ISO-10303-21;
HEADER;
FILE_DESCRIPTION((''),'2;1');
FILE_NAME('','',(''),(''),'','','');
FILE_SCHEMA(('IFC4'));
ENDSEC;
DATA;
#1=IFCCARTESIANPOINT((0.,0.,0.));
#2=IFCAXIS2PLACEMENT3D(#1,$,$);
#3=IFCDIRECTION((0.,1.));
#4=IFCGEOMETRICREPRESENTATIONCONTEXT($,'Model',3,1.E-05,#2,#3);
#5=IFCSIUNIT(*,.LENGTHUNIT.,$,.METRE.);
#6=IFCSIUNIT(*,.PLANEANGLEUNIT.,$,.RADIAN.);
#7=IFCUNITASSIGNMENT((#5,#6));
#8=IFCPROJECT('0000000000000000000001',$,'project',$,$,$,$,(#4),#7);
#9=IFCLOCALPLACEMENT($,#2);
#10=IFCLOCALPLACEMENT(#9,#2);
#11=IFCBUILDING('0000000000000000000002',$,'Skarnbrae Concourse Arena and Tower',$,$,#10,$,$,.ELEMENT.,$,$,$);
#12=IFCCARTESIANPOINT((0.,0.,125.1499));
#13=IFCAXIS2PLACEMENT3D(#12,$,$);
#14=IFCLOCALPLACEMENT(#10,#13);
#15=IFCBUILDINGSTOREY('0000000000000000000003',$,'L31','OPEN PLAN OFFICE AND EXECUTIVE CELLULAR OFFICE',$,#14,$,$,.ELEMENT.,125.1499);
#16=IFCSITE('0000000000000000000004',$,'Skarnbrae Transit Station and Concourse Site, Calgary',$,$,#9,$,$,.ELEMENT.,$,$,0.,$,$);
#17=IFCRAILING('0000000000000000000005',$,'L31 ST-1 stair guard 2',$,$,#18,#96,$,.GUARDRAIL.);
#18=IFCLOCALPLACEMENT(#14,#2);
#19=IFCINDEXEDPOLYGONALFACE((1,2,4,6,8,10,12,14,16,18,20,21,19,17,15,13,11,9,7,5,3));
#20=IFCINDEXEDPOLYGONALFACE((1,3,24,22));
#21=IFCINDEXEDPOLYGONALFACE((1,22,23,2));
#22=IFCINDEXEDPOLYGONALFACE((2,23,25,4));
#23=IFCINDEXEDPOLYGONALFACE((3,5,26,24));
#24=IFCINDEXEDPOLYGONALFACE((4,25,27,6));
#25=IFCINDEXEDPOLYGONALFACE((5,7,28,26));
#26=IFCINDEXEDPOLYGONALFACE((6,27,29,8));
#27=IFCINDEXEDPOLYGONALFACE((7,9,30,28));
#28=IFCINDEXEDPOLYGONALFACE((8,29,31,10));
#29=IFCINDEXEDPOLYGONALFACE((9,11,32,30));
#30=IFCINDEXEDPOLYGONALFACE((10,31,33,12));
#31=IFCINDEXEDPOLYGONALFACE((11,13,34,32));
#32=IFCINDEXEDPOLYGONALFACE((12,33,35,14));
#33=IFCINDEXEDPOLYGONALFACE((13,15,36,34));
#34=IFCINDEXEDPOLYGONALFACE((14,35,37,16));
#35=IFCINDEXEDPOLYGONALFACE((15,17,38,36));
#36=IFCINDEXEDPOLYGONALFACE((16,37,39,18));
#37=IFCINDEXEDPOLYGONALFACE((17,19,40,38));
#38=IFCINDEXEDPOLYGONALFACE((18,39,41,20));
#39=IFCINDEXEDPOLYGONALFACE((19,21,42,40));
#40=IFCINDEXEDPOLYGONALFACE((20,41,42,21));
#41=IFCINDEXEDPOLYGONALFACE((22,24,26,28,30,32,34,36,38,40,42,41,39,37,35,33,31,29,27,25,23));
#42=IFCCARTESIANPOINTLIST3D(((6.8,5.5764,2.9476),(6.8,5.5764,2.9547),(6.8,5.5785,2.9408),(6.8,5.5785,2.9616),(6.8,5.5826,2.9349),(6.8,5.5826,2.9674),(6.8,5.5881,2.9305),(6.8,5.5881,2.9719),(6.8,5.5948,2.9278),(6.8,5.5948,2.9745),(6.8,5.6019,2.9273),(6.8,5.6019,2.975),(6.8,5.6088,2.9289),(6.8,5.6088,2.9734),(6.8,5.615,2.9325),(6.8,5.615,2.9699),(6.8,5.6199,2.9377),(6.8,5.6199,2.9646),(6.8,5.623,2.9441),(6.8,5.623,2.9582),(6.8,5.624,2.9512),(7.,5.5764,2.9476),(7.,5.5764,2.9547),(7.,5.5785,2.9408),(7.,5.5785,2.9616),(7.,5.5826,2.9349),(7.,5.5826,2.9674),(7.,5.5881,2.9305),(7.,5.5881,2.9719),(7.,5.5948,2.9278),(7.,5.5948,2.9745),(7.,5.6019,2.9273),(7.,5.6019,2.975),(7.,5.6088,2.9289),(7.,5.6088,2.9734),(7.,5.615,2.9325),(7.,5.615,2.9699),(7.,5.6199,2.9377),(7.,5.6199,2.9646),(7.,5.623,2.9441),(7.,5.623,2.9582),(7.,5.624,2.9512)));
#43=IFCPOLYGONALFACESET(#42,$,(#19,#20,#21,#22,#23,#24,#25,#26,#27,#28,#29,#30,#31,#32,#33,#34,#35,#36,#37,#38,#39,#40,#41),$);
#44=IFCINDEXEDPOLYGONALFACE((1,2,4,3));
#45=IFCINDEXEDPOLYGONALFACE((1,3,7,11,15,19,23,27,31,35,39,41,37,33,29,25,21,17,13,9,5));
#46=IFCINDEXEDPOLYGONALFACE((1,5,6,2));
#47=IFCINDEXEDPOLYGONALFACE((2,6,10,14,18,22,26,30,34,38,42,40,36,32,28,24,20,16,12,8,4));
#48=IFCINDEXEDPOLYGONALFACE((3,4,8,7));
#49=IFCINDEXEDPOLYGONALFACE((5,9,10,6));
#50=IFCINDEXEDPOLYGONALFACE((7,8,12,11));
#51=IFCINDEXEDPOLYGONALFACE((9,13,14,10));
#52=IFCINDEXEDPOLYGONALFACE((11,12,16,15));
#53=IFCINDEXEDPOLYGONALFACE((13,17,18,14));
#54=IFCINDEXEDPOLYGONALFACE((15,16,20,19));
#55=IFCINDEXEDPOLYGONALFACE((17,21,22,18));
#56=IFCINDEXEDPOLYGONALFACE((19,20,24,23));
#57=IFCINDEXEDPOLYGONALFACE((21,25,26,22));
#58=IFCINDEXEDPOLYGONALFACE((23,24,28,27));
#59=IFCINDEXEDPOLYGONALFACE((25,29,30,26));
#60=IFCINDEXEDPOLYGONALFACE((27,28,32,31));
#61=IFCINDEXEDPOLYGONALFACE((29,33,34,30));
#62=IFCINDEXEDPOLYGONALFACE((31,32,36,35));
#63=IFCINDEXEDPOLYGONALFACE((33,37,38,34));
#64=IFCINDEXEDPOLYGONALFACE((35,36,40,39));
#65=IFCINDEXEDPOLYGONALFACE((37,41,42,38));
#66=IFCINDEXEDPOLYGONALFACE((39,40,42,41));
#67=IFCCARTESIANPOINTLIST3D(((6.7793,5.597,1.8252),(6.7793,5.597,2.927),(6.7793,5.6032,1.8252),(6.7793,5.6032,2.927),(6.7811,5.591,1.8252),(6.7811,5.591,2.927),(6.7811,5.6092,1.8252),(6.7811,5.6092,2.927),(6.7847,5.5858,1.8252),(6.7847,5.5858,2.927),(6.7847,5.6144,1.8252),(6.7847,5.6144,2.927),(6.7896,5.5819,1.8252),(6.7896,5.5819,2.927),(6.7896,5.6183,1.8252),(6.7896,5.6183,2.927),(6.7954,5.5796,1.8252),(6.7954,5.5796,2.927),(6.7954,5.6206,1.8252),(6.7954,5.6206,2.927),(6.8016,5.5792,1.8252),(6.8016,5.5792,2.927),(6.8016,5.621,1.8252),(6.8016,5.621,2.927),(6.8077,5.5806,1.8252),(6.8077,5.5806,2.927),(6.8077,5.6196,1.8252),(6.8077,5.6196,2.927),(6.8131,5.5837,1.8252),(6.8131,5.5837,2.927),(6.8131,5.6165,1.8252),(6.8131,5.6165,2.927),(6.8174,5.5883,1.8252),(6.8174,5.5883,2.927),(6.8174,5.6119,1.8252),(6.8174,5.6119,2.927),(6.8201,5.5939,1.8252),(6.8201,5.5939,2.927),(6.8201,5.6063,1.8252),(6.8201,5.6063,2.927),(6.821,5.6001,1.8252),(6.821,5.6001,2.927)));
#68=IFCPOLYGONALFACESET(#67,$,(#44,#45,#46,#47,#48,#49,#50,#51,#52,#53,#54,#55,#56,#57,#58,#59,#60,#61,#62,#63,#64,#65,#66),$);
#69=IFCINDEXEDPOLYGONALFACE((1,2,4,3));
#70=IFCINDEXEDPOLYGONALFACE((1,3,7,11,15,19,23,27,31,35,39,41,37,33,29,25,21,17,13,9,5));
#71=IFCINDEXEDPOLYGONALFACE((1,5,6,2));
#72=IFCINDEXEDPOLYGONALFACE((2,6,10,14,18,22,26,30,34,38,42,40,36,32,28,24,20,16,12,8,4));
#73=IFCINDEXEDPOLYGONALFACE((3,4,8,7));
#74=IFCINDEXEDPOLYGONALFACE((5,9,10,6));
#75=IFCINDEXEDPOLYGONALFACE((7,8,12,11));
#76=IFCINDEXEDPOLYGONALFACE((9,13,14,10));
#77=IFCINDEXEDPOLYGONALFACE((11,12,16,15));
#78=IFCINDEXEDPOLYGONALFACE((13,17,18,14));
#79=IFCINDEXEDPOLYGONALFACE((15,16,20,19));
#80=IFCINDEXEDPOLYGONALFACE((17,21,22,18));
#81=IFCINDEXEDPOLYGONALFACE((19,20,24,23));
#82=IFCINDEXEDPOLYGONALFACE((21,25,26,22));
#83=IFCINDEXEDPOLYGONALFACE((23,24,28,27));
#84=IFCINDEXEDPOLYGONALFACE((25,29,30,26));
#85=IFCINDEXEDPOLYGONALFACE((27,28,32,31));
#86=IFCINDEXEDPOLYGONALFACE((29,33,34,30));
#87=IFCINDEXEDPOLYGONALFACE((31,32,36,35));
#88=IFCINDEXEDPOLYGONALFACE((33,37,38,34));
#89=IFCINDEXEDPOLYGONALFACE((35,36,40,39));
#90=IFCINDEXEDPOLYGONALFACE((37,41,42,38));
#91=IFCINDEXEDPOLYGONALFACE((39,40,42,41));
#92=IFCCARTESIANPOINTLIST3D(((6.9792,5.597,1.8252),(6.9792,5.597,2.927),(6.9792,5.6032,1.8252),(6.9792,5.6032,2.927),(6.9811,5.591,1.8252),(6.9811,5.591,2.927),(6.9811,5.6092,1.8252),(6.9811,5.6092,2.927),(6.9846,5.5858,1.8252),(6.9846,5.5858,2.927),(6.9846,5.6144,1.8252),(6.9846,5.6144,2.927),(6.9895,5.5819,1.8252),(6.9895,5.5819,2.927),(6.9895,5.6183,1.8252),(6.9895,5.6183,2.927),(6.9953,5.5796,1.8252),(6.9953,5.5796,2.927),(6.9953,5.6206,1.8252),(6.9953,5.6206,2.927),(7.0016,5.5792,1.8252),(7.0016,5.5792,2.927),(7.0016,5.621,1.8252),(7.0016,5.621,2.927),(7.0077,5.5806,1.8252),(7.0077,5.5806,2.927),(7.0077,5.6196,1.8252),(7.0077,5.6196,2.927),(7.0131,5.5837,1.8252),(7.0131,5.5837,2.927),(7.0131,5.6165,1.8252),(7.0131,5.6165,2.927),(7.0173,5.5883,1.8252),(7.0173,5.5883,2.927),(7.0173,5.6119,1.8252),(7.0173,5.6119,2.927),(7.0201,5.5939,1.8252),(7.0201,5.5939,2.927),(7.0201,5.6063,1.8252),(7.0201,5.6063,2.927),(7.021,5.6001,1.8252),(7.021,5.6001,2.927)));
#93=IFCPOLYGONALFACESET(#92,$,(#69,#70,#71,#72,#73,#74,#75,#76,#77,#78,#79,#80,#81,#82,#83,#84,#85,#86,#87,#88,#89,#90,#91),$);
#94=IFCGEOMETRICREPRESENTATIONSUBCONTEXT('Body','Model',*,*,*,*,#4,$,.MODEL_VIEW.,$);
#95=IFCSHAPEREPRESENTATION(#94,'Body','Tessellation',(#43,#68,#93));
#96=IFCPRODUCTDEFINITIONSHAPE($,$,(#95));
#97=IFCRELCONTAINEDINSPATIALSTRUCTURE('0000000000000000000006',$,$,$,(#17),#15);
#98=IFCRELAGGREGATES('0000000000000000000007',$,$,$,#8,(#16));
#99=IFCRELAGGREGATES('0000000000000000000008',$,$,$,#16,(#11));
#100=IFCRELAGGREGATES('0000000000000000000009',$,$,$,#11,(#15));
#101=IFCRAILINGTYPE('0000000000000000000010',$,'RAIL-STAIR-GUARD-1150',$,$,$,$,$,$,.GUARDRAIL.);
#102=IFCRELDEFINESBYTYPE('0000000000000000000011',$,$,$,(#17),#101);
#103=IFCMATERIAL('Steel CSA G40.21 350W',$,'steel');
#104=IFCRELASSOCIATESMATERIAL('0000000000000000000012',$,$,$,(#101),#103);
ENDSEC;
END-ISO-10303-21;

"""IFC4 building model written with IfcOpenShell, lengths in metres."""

from ifc_helpers import new_model, si_unit, direction, frame, origin, origin_2d, place, context, subcontext, project, spatial, circle, extrude, material, type_object, element, save


model = new_model("IFC4")

# Units and contexts
model_context = context("Model", 3, precision=1e-05, world=origin(), true_north=direction((0.0, 1.0)))
body_context = subcontext(model_context, "Body", "Model", "MODEL_VIEW")
ifc_project = project(units=[si_unit("LENGTHUNIT", "METRE"), si_unit("PLANEANGLEUNIT", "RADIAN")], contexts=[model_context])

# Site, building, storey
site_placement = place(None, origin())
site = spatial("IfcSite", under=ifc_project, at=site_placement, Name="Skarnbrae Transit Station and Concourse Site, Calgary", CompositionType="ELEMENT", RefElevation=0.0)
building_placement = place(site_placement, origin())
building = spatial("IfcBuilding", under=site, at=building_placement, Name="Skarnbrae Concourse Arena and Tower", CompositionType="ELEMENT")
storey_placement = place(building_placement, frame((0.0, 0.0, 125.1499)))
storey = spatial("IfcBuildingStorey", under=building, at=storey_placement, Name="L31", Description="OPEN PLAN OFFICE AND EXECUTIVE CELLULAR OFFICE", CompositionType="ELEMENT", Elevation=125.1499)

# Shared definitions
ifc_material_1 = material(Name="Steel CSA G40.21 350W", Category="steel")

# Railing
railing_type_1 = type_object("IfcRailingType", Name="RAIL-STAIR-GUARD-1150", PredefinedType="GUARDRAIL", material=ifc_material_1)
railing_1_placement = place(storey_placement, frame((6.8, 5.6001, 1.8252)))
element("IfcRailing", 1, at=railing_1_placement, inside=storey, type_object=railing_type_1, Name="L31 ST-1 stair guard 2", PredefinedType="GUARDRAIL", context=body_context, shape_type="SweptSolid", body=[
    extrude(circle(Radius=0.0239, at=origin_2d()), frame((0.0, 0.0, 1.126), z_axis=(1.0, 0.0, 0.0), x_axis=(0.0, 1.0, 0.0)), (0.0, 0.0, 1.0), 0.2),
    extrude(circle(Radius=0.021, at=origin_2d()), origin(), (0.0, 0.0, 1.0), 1.1018),
    extrude(circle(Radius=0.021, at=origin_2d()), frame((0.2, 0.0, 0.0)), (0.0, 0.0, 1.0), 1.1018),
])

save(model, "model.ifc")
